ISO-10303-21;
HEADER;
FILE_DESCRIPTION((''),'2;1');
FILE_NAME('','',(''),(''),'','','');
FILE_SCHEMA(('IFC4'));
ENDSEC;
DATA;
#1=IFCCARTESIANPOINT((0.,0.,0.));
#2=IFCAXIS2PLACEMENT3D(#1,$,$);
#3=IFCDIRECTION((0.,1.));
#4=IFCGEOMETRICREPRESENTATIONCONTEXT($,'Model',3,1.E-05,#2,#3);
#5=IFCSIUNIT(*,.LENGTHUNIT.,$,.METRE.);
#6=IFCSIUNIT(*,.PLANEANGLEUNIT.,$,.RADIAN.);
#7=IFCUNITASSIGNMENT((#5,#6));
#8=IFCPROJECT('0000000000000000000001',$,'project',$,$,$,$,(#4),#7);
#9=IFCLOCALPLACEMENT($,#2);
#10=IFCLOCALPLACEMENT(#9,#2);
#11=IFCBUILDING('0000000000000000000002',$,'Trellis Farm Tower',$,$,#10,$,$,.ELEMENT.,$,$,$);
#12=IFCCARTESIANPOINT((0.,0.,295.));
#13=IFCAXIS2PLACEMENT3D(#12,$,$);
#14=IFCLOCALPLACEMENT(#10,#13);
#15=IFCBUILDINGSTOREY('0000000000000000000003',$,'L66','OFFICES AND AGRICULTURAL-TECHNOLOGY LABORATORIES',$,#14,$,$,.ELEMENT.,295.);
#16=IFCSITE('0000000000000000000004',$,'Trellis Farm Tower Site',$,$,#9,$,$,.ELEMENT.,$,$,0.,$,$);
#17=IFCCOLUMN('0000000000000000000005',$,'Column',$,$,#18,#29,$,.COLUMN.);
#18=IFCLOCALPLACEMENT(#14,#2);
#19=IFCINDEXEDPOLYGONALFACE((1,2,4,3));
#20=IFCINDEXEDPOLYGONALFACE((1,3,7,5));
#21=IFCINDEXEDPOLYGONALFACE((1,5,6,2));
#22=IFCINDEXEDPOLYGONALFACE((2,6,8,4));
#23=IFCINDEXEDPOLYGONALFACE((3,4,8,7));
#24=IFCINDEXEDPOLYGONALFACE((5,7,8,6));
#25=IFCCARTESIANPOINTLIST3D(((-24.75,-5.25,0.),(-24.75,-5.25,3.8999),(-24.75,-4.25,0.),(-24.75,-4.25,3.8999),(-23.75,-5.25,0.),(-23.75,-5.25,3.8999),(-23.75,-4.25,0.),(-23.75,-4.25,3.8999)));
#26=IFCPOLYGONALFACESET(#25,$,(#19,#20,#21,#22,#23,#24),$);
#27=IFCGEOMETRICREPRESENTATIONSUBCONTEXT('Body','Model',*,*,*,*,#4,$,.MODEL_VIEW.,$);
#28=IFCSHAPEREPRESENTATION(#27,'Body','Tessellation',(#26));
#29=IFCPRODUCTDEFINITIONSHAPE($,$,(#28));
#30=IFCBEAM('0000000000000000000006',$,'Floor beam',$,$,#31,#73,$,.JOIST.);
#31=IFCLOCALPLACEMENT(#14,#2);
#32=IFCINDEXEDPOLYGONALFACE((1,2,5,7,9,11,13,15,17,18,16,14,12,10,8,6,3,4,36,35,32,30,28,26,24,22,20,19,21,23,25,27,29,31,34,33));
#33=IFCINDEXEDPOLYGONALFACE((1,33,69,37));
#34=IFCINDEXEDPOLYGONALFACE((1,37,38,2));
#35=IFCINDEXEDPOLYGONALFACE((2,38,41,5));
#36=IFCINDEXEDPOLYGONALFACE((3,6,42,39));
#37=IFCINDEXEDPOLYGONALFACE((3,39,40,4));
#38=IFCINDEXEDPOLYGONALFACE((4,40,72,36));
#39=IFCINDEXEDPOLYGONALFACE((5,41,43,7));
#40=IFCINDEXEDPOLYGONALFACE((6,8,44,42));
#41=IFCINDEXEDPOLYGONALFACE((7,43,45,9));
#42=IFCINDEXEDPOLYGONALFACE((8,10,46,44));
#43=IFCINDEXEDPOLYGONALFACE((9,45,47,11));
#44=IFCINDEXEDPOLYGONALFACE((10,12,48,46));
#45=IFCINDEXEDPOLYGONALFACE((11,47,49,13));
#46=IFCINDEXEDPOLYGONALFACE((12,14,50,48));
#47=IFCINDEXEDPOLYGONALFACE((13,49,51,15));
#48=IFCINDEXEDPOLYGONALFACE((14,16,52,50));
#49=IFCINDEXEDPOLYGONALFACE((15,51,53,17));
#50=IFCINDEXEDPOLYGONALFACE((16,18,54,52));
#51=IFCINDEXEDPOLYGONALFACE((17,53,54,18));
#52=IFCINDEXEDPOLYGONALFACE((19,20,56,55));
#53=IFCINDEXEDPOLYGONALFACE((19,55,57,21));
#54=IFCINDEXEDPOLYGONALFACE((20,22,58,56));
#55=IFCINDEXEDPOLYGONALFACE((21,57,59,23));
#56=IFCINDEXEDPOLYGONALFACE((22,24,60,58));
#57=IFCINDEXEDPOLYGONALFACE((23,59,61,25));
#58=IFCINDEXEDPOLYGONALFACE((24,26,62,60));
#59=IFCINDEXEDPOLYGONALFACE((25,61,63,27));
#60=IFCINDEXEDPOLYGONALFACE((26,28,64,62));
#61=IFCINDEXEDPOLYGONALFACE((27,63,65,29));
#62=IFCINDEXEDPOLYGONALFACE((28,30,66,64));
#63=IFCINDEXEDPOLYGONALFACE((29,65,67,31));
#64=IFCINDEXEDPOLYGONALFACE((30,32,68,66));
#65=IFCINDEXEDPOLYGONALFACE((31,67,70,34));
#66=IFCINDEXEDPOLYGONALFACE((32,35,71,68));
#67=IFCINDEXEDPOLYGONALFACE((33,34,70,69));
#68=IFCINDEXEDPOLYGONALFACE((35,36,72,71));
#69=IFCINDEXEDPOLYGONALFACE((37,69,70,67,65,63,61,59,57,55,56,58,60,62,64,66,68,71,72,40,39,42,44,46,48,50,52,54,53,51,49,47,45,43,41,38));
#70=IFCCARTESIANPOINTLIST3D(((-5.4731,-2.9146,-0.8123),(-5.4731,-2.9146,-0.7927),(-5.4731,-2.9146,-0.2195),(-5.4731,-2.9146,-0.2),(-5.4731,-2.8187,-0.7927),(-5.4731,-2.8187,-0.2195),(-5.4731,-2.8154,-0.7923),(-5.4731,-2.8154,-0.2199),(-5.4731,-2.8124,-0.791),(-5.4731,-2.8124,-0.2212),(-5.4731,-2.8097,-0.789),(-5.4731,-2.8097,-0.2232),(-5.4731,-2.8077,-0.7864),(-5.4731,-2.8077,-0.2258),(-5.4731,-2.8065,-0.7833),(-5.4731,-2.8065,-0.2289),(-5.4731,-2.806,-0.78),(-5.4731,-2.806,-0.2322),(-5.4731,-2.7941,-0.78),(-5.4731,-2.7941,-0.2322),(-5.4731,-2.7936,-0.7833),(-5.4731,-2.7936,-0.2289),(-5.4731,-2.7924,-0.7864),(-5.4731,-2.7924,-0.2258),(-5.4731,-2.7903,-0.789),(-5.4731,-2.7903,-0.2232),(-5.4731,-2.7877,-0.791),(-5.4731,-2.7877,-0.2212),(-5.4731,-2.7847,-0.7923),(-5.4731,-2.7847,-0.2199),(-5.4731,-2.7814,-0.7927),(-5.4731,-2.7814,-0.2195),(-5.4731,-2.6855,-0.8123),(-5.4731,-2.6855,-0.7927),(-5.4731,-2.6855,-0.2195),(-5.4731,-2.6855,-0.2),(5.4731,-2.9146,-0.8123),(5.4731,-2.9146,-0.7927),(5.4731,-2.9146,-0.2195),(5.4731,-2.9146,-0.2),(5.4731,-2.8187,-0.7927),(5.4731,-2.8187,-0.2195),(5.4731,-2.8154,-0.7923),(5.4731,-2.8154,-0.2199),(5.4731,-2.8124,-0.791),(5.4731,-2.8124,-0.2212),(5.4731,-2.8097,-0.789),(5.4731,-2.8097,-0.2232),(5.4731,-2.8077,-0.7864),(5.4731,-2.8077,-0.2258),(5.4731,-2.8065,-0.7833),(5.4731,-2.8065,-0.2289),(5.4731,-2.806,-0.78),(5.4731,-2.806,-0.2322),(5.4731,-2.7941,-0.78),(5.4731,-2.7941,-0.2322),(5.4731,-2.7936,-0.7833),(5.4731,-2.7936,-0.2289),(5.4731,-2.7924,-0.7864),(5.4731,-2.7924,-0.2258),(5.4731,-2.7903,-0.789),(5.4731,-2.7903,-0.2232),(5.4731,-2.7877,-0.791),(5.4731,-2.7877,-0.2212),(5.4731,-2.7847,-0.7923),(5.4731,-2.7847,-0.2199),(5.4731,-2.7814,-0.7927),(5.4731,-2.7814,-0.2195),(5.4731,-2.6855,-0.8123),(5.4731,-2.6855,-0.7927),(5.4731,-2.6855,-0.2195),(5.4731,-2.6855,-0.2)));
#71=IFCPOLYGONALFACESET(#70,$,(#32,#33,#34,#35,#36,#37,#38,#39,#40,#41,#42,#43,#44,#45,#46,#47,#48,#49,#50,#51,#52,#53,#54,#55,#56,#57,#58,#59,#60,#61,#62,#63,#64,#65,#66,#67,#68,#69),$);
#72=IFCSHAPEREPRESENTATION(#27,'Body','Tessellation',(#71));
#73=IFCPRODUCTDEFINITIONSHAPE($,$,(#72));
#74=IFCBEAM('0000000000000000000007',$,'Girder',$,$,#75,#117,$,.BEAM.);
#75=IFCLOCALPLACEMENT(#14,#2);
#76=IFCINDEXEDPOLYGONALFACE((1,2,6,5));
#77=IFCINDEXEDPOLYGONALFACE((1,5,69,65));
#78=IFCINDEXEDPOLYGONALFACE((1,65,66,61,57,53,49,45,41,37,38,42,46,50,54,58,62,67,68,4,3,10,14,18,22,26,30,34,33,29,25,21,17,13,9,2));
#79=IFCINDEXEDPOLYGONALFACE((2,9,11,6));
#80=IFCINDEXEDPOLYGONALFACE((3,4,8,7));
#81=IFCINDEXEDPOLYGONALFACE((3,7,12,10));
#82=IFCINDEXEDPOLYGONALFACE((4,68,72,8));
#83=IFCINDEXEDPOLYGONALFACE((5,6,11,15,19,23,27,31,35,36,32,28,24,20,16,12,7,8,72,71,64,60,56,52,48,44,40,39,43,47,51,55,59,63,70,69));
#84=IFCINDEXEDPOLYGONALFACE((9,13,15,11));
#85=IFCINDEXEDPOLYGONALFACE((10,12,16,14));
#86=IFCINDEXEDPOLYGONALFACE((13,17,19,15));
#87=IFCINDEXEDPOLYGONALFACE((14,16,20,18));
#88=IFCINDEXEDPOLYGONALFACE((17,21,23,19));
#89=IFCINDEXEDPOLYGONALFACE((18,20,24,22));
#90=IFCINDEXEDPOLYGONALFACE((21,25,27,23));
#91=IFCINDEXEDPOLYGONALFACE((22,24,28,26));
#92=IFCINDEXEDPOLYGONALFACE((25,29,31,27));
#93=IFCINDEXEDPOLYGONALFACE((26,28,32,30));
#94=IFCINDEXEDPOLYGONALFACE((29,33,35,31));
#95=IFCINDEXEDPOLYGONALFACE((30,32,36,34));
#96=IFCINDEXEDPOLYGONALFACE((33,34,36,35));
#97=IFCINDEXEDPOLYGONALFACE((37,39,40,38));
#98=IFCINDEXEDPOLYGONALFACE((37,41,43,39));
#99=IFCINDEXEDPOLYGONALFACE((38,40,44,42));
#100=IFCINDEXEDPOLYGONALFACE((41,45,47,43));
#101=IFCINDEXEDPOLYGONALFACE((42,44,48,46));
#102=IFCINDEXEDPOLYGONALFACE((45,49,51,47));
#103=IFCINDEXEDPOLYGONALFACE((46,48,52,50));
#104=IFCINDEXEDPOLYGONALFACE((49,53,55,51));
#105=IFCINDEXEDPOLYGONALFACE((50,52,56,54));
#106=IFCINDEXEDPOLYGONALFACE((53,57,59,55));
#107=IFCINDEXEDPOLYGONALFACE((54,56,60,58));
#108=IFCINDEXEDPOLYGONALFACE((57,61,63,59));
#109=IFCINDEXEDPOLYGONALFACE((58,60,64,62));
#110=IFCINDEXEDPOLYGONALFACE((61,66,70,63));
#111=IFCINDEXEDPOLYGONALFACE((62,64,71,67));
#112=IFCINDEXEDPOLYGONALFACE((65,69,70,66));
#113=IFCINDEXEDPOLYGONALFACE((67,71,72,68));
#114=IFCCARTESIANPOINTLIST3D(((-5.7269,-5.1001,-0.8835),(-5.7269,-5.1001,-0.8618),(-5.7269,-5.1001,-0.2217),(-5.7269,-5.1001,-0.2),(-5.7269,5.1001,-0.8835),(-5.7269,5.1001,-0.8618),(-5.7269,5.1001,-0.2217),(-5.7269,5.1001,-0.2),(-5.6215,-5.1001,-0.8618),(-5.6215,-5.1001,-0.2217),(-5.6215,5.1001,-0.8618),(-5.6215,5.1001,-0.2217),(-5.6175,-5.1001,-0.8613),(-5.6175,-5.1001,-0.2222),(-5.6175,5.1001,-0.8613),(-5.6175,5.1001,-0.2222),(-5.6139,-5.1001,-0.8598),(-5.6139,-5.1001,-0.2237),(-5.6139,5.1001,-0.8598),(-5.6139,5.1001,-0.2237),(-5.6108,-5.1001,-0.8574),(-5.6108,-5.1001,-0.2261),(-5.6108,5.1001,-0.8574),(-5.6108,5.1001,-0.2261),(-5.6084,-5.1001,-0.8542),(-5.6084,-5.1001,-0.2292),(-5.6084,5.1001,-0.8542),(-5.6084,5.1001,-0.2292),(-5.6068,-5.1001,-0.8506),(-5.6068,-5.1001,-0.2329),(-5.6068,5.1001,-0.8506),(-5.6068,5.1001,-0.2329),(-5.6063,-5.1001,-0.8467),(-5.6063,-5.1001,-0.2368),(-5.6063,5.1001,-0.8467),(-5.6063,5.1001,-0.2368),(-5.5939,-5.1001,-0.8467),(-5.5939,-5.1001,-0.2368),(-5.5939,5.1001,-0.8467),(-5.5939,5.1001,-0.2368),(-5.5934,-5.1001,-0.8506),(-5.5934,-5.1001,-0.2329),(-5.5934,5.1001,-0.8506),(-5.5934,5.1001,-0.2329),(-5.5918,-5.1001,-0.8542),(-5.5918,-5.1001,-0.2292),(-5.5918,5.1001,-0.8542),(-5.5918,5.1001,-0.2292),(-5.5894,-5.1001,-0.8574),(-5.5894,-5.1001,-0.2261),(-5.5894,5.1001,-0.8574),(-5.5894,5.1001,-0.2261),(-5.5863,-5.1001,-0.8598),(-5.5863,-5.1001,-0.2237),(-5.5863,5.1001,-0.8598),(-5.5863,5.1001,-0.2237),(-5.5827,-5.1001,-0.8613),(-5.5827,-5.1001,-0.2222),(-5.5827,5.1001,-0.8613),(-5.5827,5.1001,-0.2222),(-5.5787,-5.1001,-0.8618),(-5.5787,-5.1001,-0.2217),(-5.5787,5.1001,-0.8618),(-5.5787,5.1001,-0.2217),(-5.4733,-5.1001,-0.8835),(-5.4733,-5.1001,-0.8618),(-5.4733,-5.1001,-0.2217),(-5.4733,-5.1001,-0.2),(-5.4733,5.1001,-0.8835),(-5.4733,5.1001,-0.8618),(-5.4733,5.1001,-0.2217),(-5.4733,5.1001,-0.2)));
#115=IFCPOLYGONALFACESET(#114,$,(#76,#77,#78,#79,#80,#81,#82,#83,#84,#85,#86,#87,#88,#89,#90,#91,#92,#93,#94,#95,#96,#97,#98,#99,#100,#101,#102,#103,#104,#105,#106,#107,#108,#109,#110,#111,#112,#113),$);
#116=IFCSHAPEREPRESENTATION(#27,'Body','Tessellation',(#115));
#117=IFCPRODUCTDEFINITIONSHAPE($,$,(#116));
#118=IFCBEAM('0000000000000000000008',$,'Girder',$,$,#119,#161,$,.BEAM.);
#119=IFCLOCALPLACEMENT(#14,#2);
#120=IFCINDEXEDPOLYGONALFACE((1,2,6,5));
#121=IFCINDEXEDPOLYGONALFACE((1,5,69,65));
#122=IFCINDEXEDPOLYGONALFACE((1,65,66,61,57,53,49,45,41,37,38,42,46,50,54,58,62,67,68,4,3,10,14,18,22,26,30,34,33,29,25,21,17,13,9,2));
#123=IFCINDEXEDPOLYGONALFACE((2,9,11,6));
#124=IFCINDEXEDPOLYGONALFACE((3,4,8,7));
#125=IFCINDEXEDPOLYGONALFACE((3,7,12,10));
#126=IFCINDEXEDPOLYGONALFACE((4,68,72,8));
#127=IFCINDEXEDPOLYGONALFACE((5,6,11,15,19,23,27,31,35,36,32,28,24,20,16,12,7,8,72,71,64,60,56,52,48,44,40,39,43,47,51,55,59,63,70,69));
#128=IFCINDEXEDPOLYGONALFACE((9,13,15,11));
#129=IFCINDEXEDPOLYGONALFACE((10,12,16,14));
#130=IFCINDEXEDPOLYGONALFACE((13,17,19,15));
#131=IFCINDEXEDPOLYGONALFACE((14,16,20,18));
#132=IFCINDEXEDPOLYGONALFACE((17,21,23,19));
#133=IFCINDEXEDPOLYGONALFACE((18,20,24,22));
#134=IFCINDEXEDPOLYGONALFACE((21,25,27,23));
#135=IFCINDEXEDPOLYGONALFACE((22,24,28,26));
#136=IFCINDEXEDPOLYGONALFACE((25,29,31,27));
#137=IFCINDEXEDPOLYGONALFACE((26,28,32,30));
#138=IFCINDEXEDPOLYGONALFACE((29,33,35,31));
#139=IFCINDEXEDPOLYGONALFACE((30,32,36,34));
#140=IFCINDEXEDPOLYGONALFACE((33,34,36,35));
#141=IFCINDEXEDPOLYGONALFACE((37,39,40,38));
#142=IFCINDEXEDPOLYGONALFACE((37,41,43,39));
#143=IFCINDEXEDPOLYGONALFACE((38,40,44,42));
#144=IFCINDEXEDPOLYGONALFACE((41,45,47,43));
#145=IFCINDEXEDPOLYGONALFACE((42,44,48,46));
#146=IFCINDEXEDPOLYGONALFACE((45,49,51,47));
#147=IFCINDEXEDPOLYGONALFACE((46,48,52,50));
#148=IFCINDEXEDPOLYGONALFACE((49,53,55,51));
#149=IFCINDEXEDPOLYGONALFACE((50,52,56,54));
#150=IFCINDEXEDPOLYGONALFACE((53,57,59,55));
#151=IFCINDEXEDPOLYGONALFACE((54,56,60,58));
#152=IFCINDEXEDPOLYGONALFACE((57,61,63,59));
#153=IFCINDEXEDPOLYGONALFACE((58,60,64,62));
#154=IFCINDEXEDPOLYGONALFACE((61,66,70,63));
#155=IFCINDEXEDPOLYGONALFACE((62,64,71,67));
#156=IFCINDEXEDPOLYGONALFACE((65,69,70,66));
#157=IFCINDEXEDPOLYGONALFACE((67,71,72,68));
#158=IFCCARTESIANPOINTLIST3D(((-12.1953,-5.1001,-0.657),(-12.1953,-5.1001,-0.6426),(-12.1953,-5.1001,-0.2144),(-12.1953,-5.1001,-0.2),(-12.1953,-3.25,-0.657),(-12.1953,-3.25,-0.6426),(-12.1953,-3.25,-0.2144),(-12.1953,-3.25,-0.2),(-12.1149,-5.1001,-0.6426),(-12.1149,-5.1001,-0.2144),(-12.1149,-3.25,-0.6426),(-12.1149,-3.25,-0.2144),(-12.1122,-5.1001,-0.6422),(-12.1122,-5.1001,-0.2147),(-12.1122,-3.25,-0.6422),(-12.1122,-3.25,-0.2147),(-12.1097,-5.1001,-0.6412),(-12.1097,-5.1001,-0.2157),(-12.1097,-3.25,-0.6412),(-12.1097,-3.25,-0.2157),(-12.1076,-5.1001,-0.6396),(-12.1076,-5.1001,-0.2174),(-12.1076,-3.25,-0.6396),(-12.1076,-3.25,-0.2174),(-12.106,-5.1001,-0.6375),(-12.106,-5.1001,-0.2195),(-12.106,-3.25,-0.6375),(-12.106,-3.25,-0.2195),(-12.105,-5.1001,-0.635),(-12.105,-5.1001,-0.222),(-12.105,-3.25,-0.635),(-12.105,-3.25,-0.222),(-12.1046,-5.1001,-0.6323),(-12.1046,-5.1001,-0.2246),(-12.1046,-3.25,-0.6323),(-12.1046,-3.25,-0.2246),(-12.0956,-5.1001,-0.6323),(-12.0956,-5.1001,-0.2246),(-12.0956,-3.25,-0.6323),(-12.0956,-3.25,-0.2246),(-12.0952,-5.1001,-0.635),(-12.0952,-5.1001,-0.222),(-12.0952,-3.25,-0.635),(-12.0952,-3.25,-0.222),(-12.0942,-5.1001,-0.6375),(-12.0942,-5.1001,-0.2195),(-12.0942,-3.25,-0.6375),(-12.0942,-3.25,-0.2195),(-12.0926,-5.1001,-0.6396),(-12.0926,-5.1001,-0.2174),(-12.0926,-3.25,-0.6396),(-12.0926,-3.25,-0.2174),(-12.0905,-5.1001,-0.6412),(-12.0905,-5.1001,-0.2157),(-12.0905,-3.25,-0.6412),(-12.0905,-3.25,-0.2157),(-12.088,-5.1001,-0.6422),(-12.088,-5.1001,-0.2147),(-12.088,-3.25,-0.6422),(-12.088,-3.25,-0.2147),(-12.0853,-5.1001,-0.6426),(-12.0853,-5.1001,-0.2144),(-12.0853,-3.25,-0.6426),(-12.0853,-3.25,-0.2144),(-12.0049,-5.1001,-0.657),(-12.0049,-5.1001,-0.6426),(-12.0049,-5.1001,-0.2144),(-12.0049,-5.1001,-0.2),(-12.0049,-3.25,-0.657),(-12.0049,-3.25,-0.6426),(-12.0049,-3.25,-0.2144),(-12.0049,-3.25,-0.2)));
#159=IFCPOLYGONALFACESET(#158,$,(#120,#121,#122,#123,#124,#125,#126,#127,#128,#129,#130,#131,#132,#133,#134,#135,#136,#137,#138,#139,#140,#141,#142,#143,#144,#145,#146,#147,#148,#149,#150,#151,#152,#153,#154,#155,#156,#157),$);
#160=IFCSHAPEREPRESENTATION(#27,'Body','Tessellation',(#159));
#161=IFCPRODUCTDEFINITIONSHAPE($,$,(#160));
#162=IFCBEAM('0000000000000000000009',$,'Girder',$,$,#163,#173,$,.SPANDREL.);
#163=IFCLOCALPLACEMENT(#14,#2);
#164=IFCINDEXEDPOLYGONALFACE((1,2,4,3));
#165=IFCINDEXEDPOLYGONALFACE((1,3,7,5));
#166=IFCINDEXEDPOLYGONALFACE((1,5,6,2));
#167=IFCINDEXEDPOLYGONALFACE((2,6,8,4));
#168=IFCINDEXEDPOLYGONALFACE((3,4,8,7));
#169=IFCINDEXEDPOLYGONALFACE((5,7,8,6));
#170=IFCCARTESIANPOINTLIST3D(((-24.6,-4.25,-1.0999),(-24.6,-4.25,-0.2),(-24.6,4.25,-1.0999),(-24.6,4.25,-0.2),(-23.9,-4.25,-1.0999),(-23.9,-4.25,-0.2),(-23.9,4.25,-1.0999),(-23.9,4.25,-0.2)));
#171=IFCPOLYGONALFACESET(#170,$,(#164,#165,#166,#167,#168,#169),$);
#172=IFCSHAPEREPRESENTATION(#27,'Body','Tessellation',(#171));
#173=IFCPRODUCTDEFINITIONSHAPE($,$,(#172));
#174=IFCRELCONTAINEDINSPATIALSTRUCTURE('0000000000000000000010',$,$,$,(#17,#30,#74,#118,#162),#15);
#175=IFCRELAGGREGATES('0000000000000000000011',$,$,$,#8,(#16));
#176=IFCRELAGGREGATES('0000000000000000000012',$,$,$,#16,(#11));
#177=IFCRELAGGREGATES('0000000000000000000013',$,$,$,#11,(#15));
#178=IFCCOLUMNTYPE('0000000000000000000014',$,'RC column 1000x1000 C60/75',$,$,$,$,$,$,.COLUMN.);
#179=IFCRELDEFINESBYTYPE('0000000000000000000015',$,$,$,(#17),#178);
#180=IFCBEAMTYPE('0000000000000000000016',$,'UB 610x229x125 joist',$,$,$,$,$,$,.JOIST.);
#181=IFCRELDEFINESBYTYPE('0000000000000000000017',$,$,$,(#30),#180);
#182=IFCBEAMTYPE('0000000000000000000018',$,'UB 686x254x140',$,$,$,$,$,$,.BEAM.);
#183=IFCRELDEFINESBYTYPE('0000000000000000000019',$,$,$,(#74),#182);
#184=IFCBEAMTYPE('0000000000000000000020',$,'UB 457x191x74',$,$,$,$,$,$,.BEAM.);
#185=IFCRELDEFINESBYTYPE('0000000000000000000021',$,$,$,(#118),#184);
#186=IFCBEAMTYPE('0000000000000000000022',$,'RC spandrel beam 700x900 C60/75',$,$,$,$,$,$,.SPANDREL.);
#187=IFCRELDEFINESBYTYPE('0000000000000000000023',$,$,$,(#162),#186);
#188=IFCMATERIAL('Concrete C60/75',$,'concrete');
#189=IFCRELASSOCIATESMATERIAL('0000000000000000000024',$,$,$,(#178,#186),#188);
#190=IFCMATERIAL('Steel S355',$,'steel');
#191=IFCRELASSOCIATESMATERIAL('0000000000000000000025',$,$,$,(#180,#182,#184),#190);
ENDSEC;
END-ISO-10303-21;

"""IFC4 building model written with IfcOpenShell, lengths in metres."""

from ifc_helpers import new_model, si_unit, direction, frame, origin, origin_2d, place, context, subcontext, project, spatial, rectangle, i_section, extrude, source, transform, mapped, material, material_profile, profile_set, type_object, element, save


model = new_model("IFC4")

# Units and contexts
model_context = context("Model", 3, precision=1e-05, world=origin(), true_north=direction((0.0, 1.0)))
body_context = subcontext(model_context, "Body", "Model", "MODEL_VIEW")
ifc_project = project(units=[si_unit("LENGTHUNIT", "METRE"), si_unit("PLANEANGLEUNIT", "RADIAN")], contexts=[model_context])

# Site, building, storey
site_placement = place(None, origin())
site = spatial("IfcSite", under=ifc_project, at=site_placement, Name="Trellis Farm Tower Site", CompositionType="ELEMENT", RefElevation=0.0)
building_placement = place(site_placement, origin())
building = spatial("IfcBuilding", under=site, at=building_placement, Name="Trellis Farm Tower", CompositionType="ELEMENT")
storey_placement = place(building_placement, frame((0.0, 0.0, 295.0)))
storey = spatial("IfcBuildingStorey", under=building, at=storey_placement, Name="L66", Description="OFFICES AND AGRICULTURAL-TECHNOLOGY LABORATORIES", CompositionType="ELEMENT", Elevation=295.0)

# Column
ifc_material_1 = material(Name="Concrete C60/75", Category="concrete")
ifc_material_profile_1 = material_profile(ifc_material_1, rectangle(XDim=1.0, YDim=1.0, at=origin_2d()), Name="RC column 1000x1000 C60/75")
ifc_profile_set_1 = profile_set([ifc_material_profile_1], Name="Concrete C60/75")
column_type = type_object("IfcColumnType", Name="RC column 1000x1000 C60/75", PredefinedType="COLUMN", material=ifc_profile_set_1)
shared_shape_1 = source(origin(), body_context, "Body", "SweptSolid", [
    extrude(rectangle(XDim=1.0, YDim=1.0, at=origin_2d()), origin(), (0.0, 0.0, 1.0), 3.8999),
])
column_placement = place(storey_placement, frame((-24.25, -4.75, 0.0), z_axis=(0.0, 0.0, 1.0), x_axis=(1.0, 0.0, 0.0)))
element("IfcColumn", 1, at=column_placement, inside=storey, type_object=column_type, Name="Column", PredefinedType="COLUMN", context=body_context, shape_type="MappedRepresentation", body=[
    mapped(shared_shape_1, transform((0.0, 0.0, 0.0))),
])

# Beams
ifc_material_2 = material(Name="Steel S355", Category="steel")
ifc_material_profile_2 = material_profile(ifc_material_2, i_section(OverallWidth=0.229, OverallDepth=0.6123, WebThickness=0.012, FlangeThickness=0.0195, FilletRadius=0.0127, at=origin_2d()), Name="UB 610x229x125")
ifc_profile_set_2 = profile_set([ifc_material_profile_2], Name="Steel S355")
beam_type_1 = type_object("IfcBeamType", Name="UB 610x229x125 joist", PredefinedType="JOIST", material=ifc_profile_set_2)
shared_shape_2 = source(origin(), body_context, "Body", "SweptSolid", [
    extrude(i_section(OverallWidth=0.229, OverallDepth=0.6123, WebThickness=0.012, FlangeThickness=0.0195, FilletRadius=0.0127, at=origin_2d()), origin(), (0.0, 0.0, 1.0), 10.9463),
])
beam_1_placement = place(storey_placement, frame((-5.4731, -2.8, -0.5061), z_axis=(1.0, 0.0, 0.0), x_axis=(0.0, 1.0, 0.0)))
element("IfcBeam", 2, at=beam_1_placement, inside=storey, type_object=beam_type_1, Name="Floor beam", PredefinedType="JOIST", context=body_context, shape_type="MappedRepresentation", body=[
    mapped(shared_shape_2, transform((0.0, 0.0, 0.0))),
])
ifc_material_profile_3 = material_profile(ifc_material_2, i_section(OverallWidth=0.2537, OverallDepth=0.6836, WebThickness=0.0125, FlangeThickness=0.0217, FilletRadius=0.0151, at=origin_2d()), Name="UB 686x254x140")
ifc_profile_set_3 = profile_set([ifc_material_profile_3], Name="Steel S355")
beam_type_2 = type_object("IfcBeamType", Name="UB 686x254x140", PredefinedType="BEAM", material=ifc_profile_set_3)
shared_shape_3 = source(origin(), body_context, "Body", "SweptSolid", [
    extrude(i_section(OverallWidth=0.2537, OverallDepth=0.6836, WebThickness=0.0125, FlangeThickness=0.0217, FilletRadius=0.0151, at=origin_2d()), origin(), (0.0, 0.0, 1.0), 10.2002),
])
beam_2_placement = place(storey_placement, frame((-5.6001, -5.1001, -0.5417), z_axis=(0.0, 1.0, 0.0), x_axis=(-1.0, 0.0, 0.0)))
element("IfcBeam", 3, at=beam_2_placement, inside=storey, type_object=beam_type_2, Name="Girder", PredefinedType="BEAM", context=body_context, shape_type="MappedRepresentation", body=[
    mapped(shared_shape_3, transform((0.0, 0.0, 0.0))),
])
ifc_material_profile_4 = material_profile(ifc_material_2, i_section(OverallWidth=0.1904, OverallDepth=0.457, WebThickness=0.009, FlangeThickness=0.0144, FilletRadius=0.0103, at=origin_2d()), Name="UB 457x191x74")
ifc_profile_set_4 = profile_set([ifc_material_profile_4], Name="Steel S355")
beam_type_3 = type_object("IfcBeamType", Name="UB 457x191x74", PredefinedType="BEAM", material=ifc_profile_set_4)
shared_shape_4 = source(origin(), body_context, "Body", "SweptSolid", [
    extrude(i_section(OverallWidth=0.1904, OverallDepth=0.457, WebThickness=0.009, FlangeThickness=0.0144, FilletRadius=0.0103, at=origin_2d()), origin(), (0.0, 0.0, 1.0), 1.8501),
])
beam_3_placement = place(storey_placement, frame((-12.1001, -5.1001, -0.4285), z_axis=(0.0, 1.0, 0.0), x_axis=(-1.0, 0.0, 0.0)))
element("IfcBeam", 4, at=beam_3_placement, inside=storey, type_object=beam_type_3, Name="Girder", PredefinedType="BEAM", context=body_context, shape_type="MappedRepresentation", body=[
    mapped(shared_shape_4, transform((0.0, 0.0, 0.0))),
])
ifc_material_profile_5 = material_profile(ifc_material_1, rectangle(XDim=0.7, YDim=0.8999, at=origin_2d()), Name="RC spandrel beam 700x900 C60/75")
ifc_profile_set_5 = profile_set([ifc_material_profile_5], Name="Concrete C60/75")
beam_type_4 = type_object("IfcBeamType", Name="RC spandrel beam 700x900 C60/75", PredefinedType="SPANDREL", material=ifc_profile_set_5)
shared_shape_5 = source(origin(), body_context, "Body", "SweptSolid", [
    extrude(rectangle(XDim=0.7, YDim=0.8999, at=origin_2d()), origin(), (0.0, 0.0, 1.0), 8.5),
])
beam_4_placement = place(storey_placement, frame((-24.25, -4.25, -0.6499), z_axis=(0.0, 1.0, 0.0), x_axis=(-1.0, 0.0, 0.0)))
element("IfcBeam", 5, at=beam_4_placement, inside=storey, type_object=beam_type_4, Name="Girder", PredefinedType="SPANDREL", context=body_context, shape_type="MappedRepresentation", body=[
    mapped(shared_shape_5, transform((0.0, 0.0, 0.0))),
])

save(model, "model.ifc")
